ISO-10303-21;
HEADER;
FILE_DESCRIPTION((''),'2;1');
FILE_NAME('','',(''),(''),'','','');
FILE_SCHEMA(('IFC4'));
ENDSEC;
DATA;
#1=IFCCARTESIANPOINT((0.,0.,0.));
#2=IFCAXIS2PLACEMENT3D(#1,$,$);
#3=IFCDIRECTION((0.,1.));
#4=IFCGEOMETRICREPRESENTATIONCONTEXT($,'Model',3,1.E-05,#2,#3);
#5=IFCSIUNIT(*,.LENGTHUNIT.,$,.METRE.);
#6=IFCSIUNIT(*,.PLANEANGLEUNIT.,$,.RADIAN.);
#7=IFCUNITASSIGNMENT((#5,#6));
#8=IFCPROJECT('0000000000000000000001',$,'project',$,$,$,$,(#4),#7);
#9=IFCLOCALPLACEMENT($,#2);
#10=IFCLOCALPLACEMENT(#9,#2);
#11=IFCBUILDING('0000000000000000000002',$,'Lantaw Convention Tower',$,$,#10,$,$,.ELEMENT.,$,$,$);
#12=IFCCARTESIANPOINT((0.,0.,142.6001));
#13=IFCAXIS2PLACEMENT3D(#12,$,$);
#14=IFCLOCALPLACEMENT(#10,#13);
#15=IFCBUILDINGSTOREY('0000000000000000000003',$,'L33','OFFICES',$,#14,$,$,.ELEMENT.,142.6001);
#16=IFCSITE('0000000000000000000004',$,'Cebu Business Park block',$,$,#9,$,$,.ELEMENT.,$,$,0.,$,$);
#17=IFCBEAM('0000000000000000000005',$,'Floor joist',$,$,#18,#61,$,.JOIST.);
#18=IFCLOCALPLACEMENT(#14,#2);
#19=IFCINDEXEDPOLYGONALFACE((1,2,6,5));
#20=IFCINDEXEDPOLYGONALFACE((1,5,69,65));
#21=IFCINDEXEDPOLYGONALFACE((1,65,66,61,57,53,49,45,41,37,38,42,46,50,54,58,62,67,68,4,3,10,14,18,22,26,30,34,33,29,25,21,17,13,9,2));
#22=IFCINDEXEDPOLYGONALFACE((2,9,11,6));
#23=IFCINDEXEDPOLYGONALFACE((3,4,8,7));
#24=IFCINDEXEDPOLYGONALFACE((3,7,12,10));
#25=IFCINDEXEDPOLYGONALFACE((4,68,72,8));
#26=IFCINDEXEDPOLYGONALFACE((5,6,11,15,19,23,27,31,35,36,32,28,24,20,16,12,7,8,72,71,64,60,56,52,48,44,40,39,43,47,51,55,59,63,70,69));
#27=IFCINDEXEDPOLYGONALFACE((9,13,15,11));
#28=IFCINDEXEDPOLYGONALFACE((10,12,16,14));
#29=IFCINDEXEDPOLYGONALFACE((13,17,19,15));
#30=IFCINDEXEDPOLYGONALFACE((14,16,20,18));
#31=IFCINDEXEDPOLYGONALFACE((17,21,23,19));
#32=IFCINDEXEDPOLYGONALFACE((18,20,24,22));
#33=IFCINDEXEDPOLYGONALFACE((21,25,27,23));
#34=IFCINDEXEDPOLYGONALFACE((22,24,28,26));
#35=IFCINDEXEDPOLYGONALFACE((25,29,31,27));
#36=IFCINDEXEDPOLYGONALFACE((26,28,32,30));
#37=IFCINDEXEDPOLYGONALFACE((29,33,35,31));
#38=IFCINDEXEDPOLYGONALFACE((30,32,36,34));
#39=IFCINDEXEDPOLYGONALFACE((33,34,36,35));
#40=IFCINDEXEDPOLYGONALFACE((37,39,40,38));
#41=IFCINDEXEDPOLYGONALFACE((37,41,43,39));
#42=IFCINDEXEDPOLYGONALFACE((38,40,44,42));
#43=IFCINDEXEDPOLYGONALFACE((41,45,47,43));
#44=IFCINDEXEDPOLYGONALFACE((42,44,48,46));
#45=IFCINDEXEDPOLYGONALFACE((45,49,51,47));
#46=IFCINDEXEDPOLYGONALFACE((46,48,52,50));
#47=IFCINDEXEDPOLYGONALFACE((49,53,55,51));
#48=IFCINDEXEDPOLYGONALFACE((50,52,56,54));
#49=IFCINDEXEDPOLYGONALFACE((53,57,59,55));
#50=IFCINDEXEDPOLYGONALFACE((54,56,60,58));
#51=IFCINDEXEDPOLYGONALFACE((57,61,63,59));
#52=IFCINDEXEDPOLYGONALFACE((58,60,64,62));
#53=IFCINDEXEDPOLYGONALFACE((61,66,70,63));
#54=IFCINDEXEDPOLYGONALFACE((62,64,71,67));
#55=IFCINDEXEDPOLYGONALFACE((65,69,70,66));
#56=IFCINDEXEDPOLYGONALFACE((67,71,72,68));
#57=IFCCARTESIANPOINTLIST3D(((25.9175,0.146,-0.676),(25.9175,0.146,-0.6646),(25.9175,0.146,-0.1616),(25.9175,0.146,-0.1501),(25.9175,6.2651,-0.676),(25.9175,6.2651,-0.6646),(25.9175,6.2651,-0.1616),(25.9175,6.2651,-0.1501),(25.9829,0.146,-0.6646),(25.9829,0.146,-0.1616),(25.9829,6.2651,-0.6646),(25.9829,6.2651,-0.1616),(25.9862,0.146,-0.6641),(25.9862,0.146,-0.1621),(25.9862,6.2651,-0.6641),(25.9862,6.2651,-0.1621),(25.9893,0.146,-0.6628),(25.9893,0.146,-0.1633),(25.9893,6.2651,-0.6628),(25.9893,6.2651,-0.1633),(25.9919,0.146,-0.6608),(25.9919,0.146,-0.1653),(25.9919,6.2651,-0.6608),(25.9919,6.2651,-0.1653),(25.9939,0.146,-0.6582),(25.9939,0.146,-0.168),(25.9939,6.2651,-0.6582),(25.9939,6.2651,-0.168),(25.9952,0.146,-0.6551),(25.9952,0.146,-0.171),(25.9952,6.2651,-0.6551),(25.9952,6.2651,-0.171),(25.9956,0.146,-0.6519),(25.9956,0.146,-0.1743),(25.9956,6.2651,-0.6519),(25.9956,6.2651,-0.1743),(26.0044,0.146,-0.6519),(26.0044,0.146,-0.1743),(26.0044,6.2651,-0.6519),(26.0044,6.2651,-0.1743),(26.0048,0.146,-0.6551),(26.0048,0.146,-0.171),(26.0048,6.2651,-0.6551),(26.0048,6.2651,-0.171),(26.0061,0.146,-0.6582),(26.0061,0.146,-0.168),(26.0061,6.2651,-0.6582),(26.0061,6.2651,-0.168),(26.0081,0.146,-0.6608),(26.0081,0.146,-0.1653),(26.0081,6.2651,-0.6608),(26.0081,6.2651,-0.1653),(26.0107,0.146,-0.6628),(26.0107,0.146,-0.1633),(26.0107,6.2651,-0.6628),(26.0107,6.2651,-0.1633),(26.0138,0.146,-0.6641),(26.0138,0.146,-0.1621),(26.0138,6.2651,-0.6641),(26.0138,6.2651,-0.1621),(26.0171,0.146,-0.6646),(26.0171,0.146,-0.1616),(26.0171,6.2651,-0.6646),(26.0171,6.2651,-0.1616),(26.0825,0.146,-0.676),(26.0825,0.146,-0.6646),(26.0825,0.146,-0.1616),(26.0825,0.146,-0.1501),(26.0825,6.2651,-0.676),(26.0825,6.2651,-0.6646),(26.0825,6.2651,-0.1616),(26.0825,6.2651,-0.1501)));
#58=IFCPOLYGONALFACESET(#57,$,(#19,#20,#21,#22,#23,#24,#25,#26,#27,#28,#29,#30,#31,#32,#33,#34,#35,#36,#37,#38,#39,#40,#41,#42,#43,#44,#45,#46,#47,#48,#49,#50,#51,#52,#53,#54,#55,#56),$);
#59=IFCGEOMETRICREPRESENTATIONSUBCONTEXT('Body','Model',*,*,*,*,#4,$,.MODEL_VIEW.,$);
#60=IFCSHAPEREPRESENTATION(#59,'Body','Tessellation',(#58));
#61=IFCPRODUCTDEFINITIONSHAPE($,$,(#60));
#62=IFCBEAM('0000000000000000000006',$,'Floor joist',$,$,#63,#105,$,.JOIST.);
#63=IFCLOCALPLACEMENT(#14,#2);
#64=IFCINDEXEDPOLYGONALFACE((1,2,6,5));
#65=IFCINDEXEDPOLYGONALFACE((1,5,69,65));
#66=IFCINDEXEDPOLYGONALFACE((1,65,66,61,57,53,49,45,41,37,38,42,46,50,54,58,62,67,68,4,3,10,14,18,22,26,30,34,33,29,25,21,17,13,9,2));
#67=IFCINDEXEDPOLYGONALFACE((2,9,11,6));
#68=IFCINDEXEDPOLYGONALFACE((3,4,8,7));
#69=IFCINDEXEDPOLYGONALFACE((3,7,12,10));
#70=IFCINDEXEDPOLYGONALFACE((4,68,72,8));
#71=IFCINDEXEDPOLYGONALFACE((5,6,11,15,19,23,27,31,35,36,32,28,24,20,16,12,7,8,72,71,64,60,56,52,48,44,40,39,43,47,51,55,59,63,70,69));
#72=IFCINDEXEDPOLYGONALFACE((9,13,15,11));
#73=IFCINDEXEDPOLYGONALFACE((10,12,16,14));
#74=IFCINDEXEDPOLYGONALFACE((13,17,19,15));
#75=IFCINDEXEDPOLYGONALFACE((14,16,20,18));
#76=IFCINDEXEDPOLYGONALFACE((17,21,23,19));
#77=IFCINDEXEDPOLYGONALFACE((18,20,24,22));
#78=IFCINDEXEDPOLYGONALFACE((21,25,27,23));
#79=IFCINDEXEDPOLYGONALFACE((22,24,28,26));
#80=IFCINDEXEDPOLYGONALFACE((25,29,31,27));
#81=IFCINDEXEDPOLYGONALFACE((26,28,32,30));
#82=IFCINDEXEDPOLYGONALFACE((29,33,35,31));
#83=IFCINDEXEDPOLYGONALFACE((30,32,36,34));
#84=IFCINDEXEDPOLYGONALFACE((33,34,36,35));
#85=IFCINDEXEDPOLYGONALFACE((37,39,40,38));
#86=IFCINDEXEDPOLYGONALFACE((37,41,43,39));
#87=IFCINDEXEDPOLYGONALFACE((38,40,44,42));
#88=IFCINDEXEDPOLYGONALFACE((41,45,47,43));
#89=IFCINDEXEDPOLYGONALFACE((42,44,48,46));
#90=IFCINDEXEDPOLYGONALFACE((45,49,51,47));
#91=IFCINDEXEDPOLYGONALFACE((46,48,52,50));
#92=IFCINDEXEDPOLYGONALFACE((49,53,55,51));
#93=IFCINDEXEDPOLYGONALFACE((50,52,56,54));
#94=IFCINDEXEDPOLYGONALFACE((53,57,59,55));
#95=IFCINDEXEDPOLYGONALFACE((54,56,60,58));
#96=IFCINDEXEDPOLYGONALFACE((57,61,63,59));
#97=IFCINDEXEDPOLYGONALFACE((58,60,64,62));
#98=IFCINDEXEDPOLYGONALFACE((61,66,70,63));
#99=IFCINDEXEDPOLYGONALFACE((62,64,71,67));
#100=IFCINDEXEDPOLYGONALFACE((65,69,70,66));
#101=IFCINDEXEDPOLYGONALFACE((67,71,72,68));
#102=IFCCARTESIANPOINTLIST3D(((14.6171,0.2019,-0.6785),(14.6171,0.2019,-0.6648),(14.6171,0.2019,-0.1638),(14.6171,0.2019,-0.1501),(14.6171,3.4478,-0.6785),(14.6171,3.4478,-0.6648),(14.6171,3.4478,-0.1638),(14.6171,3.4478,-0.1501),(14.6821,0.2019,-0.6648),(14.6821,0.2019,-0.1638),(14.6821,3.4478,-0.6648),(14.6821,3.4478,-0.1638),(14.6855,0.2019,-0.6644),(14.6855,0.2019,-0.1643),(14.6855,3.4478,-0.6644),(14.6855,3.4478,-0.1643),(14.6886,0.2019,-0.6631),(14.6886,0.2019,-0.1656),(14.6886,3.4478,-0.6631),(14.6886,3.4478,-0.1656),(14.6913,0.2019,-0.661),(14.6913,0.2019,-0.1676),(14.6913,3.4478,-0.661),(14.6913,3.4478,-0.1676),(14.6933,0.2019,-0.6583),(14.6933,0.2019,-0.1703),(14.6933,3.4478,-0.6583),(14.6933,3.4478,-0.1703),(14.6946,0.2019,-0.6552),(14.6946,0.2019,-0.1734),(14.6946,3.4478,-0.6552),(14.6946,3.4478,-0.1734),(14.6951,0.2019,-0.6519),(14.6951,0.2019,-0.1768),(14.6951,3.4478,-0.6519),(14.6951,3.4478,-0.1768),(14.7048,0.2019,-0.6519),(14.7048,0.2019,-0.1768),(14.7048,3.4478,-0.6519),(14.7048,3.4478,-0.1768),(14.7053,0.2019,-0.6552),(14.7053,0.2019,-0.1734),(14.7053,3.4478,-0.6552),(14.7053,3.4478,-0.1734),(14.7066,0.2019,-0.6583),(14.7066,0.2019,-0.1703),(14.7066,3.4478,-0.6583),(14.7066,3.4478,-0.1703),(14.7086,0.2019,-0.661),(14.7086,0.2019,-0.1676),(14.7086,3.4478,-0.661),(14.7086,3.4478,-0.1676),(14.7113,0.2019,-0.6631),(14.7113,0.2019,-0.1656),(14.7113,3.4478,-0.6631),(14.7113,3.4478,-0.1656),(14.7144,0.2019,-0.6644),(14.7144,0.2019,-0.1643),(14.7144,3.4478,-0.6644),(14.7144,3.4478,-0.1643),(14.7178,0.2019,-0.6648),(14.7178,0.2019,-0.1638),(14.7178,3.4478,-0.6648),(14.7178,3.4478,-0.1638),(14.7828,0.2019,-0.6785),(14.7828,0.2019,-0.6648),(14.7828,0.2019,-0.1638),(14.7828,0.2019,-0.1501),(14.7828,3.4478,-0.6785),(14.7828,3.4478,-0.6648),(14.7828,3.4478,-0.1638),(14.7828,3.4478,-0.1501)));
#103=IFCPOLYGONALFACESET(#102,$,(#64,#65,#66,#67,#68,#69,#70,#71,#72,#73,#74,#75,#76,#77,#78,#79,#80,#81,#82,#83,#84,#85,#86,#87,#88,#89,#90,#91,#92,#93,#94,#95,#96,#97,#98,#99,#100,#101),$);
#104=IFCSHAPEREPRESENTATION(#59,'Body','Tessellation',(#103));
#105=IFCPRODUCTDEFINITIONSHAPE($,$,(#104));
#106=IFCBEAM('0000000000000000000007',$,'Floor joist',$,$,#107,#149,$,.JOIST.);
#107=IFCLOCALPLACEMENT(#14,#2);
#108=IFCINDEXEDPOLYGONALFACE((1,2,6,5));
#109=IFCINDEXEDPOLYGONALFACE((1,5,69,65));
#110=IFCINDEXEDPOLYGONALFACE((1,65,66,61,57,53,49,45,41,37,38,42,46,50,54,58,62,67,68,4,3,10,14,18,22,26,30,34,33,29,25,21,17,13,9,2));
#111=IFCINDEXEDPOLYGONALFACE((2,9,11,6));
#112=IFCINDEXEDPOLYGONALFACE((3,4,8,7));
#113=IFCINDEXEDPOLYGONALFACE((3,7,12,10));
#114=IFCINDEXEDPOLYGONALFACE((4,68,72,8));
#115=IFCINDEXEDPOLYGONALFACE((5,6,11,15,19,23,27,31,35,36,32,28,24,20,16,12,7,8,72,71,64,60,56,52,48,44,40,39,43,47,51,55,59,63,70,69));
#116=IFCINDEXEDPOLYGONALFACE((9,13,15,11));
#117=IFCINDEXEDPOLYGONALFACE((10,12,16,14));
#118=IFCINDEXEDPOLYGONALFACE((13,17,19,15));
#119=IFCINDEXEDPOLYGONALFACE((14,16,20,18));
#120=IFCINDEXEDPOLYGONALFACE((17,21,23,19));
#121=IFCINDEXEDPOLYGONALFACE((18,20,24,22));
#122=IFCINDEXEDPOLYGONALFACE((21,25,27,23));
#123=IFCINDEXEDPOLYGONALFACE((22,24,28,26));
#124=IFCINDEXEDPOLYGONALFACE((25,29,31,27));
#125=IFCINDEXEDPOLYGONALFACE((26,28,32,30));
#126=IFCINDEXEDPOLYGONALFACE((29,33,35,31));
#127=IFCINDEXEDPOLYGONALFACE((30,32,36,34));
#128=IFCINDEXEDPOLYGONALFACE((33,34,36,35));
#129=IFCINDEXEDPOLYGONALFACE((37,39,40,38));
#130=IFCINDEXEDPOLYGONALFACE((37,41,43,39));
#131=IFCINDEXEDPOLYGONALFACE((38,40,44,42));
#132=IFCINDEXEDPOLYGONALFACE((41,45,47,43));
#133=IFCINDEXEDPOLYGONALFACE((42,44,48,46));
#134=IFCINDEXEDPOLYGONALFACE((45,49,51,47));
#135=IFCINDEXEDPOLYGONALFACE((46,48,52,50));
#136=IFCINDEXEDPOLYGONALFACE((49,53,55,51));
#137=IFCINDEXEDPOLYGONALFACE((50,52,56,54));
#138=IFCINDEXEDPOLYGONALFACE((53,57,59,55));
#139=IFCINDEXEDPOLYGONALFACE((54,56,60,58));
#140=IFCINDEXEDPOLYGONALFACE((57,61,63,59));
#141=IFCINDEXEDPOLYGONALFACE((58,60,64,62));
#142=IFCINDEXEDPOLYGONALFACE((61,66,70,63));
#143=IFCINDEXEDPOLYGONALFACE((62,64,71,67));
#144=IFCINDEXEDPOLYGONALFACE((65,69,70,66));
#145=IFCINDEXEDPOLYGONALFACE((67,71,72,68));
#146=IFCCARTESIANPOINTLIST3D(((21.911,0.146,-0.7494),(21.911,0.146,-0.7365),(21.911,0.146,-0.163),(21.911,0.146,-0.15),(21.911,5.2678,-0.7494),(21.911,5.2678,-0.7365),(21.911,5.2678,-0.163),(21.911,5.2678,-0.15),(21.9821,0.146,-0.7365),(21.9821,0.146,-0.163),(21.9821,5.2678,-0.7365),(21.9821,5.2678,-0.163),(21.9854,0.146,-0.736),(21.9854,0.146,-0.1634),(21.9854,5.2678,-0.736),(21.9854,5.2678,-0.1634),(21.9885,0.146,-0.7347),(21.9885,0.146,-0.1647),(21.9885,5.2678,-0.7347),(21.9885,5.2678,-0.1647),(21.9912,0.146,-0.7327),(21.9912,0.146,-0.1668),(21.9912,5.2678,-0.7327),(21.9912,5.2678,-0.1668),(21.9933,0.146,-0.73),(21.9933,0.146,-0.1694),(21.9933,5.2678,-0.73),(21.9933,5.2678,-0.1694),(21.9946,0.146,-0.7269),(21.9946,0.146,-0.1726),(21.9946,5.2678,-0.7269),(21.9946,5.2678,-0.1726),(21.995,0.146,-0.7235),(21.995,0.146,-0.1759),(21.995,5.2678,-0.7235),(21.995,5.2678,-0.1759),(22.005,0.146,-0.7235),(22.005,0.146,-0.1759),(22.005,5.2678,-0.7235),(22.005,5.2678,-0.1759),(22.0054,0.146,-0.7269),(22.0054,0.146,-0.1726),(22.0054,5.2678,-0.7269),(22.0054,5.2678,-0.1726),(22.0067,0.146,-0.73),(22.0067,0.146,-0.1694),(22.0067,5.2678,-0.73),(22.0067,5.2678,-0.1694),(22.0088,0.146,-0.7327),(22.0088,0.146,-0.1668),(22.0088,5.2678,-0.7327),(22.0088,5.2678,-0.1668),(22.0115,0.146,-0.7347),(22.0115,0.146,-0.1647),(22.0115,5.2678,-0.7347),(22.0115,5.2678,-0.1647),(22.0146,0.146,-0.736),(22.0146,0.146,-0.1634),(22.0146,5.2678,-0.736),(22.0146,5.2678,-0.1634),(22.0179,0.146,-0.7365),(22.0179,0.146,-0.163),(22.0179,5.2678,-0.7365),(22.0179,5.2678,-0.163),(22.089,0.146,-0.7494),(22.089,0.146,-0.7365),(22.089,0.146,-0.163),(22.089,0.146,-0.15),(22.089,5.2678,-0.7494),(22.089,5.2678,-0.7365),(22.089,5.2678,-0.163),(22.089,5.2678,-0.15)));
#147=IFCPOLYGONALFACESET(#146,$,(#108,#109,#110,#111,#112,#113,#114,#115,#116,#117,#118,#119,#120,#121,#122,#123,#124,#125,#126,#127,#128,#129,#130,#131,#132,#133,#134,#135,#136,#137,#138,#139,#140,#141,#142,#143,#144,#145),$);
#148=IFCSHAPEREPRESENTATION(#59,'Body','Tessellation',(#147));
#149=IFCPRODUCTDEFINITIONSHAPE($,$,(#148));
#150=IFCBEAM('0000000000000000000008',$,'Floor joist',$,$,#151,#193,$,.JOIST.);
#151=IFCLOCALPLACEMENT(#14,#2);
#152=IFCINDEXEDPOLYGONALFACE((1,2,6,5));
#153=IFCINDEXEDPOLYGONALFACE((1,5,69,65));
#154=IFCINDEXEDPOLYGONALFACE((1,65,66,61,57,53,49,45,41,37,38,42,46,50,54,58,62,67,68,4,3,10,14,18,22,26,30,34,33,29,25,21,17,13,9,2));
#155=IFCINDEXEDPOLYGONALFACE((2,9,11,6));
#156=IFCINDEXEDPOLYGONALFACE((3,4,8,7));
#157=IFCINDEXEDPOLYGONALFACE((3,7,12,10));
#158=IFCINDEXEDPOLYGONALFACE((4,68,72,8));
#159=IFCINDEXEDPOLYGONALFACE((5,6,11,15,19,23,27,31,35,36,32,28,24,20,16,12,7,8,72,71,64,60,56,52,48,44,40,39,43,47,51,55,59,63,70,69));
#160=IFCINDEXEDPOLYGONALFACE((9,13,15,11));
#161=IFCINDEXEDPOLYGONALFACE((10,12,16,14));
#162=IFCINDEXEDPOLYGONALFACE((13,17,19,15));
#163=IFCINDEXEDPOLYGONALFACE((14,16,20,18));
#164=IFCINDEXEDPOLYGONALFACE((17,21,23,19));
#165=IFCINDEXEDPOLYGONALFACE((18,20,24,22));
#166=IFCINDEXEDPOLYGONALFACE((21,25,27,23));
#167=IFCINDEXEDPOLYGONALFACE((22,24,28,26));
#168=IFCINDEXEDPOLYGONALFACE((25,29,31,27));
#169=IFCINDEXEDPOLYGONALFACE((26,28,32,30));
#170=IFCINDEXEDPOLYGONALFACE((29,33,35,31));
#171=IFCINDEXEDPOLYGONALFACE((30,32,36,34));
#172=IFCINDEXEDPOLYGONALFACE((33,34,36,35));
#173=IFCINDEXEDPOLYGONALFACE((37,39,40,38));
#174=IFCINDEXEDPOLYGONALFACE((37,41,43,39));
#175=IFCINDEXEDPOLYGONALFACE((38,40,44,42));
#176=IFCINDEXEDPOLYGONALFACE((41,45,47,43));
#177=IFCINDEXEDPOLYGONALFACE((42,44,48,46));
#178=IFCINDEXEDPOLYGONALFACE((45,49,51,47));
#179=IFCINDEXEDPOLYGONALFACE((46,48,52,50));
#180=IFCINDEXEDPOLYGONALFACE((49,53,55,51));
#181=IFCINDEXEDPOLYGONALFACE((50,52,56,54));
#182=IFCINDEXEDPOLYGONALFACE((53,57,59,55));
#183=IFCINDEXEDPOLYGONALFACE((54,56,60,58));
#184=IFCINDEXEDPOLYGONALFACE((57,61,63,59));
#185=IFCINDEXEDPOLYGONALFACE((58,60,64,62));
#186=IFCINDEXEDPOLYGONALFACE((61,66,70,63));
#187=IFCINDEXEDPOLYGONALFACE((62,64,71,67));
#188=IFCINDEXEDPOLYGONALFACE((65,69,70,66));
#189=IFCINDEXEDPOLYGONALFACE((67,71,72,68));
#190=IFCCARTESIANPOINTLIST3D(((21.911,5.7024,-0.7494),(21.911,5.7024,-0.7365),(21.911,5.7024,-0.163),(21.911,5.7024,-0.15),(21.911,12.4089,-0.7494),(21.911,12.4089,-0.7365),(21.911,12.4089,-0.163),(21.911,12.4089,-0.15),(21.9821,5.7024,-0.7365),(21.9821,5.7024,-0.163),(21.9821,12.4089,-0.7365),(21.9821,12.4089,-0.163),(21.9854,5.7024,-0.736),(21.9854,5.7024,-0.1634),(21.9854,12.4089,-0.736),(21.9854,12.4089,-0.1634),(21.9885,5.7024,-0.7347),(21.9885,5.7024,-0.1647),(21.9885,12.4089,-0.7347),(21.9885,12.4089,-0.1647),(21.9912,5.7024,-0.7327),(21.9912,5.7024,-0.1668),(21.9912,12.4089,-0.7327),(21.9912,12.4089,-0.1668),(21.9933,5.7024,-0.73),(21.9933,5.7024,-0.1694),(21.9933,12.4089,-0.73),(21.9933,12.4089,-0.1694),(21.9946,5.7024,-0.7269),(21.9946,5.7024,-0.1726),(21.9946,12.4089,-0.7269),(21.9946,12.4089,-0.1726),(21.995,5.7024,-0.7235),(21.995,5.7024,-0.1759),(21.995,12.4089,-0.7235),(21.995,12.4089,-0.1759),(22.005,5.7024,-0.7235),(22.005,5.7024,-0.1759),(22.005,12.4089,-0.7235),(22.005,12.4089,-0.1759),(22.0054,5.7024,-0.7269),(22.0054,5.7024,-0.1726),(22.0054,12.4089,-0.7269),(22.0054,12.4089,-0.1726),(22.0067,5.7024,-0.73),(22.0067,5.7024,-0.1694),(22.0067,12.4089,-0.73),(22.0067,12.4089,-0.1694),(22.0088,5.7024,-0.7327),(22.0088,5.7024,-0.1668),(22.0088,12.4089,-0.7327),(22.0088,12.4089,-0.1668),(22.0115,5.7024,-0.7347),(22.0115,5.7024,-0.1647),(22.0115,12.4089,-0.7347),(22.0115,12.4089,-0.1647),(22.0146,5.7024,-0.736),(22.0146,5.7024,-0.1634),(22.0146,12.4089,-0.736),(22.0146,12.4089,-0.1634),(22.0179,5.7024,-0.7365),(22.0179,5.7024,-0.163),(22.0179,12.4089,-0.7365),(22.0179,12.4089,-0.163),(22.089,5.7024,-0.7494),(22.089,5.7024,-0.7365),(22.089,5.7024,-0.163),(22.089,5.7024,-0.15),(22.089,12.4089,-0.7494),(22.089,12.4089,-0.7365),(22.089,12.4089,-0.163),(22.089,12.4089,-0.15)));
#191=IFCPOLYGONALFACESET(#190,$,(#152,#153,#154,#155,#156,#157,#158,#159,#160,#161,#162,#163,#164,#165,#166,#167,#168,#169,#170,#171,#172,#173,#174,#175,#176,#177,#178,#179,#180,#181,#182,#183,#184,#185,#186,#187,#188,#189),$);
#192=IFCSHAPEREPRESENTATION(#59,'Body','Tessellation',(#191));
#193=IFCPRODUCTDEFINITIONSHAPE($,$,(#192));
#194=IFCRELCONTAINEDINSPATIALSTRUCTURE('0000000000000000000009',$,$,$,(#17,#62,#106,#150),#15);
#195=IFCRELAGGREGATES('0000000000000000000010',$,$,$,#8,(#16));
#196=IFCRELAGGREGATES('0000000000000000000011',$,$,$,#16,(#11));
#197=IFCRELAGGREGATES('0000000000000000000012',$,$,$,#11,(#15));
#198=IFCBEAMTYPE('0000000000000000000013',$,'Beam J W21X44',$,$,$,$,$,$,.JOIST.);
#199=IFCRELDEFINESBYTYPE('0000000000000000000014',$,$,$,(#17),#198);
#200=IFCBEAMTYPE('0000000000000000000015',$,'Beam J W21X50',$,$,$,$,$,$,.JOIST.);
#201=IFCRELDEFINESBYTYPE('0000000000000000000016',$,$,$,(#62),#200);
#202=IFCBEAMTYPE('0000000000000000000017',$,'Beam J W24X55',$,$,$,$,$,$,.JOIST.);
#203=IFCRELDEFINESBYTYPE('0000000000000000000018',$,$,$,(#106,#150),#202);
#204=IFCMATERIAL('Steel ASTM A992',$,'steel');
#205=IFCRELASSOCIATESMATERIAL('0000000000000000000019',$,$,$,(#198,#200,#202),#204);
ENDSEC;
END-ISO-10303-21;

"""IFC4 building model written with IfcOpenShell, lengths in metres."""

from ifc_helpers import new_model, si_unit, direction, frame, origin, origin_2d, place, context, subcontext, project, spatial, i_section, extrude, material, material_profile, profile_set, type_object, element, save


model = new_model("IFC4")

# Units and contexts
model_context = context("Model", 3, precision=1e-05, world=origin(), true_north=direction((0.0, 1.0)))
body_context = subcontext(model_context, "Body", "Model", "MODEL_VIEW")
ifc_project = project(units=[si_unit("LENGTHUNIT", "METRE"), si_unit("PLANEANGLEUNIT", "RADIAN")], contexts=[model_context])

# Site, building, storey
site_placement = place(None, origin())
site = spatial("IfcSite", under=ifc_project, at=site_placement, Name="Cebu Business Park block", CompositionType="ELEMENT", RefElevation=0.0)
building_placement = place(site_placement, origin())
building = spatial("IfcBuilding", under=site, at=building_placement, Name="Lantaw Convention Tower", CompositionType="ELEMENT")
storey_placement = place(building_placement, frame((0.0, 0.0, 142.6001)))
storey = spatial("IfcBuildingStorey", under=building, at=storey_placement, Name="L33", Description="OFFICES", CompositionType="ELEMENT", Elevation=142.6001)

# Beams
ifc_material_1 = material(Name="Steel ASTM A992", Category="steel")
ifc_material_profile_1 = material_profile(ifc_material_1, i_section(OverallWidth=0.165, OverallDepth=0.5259, WebThickness=0.0088, FlangeThickness=0.0115, FilletRadius=0.0127, at=origin_2d()), Name="W21X44")
ifc_profile_set_1 = profile_set([ifc_material_profile_1], Name="Steel ASTM A992")
beam_type_1 = type_object("IfcBeamType", Name="Beam J W21X44", PredefinedType="JOIST", material=ifc_profile_set_1)
beam_1_placement = place(storey_placement, frame((26.0, 0.146, -0.4131), z_axis=(0.0, 1.0, 0.0), x_axis=(-1.0, 0.0, 0.0)))
element("IfcBeam", 1, at=beam_1_placement, inside=storey, type_object=beam_type_1, Name="Floor joist", PredefinedType="JOIST", context=body_context, shape_type="SweptSolid", body=[
    extrude(i_section(OverallWidth=0.165, OverallDepth=0.5259, WebThickness=0.0088, FlangeThickness=0.0115, FilletRadius=0.0127, at=origin_2d()), origin(), (0.0, 0.0, 1.0), 6.1191),
])
ifc_material_profile_2 = material_profile(ifc_material_1, i_section(OverallWidth=0.1658, OverallDepth=0.5283, WebThickness=0.0098, FlangeThickness=0.0137, FilletRadius=0.0129, at=origin_2d()), Name="W21X50")
ifc_profile_set_2 = profile_set([ifc_material_profile_2], Name="Steel ASTM A992")
beam_type_2 = type_object("IfcBeamType", Name="Beam J W21X50", PredefinedType="JOIST", material=ifc_profile_set_2)
beam_2_placement = place(storey_placement, frame((14.7, 0.2019, -0.4143), z_axis=(0.0, 1.0, 0.0), x_axis=(-1.0, 0.0, 0.0)))
element("IfcBeam", 2, at=beam_2_placement, inside=storey, type_object=beam_type_2, Name="Floor joist", PredefinedType="JOIST", context=body_context, shape_type="SweptSolid", body=[
    extrude(i_section(OverallWidth=0.1658, OverallDepth=0.5283, WebThickness=0.0098, FlangeThickness=0.0137, FilletRadius=0.0129, at=origin_2d()), origin(), (0.0, 0.0, 1.0), 3.2458),
])
ifc_material_profile_3 = material_profile(ifc_material_1, i_section(OverallWidth=0.178, OverallDepth=0.5994, WebThickness=0.01, FlangeThickness=0.0129, FilletRadius=0.0129, at=origin_2d()), Name="W24X55")
ifc_profile_set_3 = profile_set([ifc_material_profile_3], Name="Steel ASTM A992")
beam_type_3 = type_object("IfcBeamType", Name="Beam J W24X55", PredefinedType="JOIST", material=ifc_profile_set_3)
beam_3_placement = place(storey_placement, frame((22.0, 0.146, -0.4497), z_axis=(0.0, 1.0, 0.0), x_axis=(-1.0, 0.0, 0.0)))
element("IfcBeam", 3, at=beam_3_placement, inside=storey, type_object=beam_type_3, Name="Floor joist", PredefinedType="JOIST", context=body_context, shape_type="SweptSolid", body=[
    extrude(i_section(OverallWidth=0.178, OverallDepth=0.5994, WebThickness=0.01, FlangeThickness=0.0129, FilletRadius=0.0129, at=origin_2d()), origin(), (0.0, 0.0, 1.0), 5.1218),
])
beam_4_placement = place(storey_placement, frame((22.0, 5.7024, -0.4497), z_axis=(0.0, 1.0, 0.0), x_axis=(-1.0, 0.0, 0.0)))
element("IfcBeam", 4, at=beam_4_placement, inside=storey, type_object=beam_type_3, Name="Floor joist", PredefinedType="JOIST", context=body_context, shape_type="SweptSolid", body=[
    extrude(i_section(OverallWidth=0.178, OverallDepth=0.5994, WebThickness=0.01, FlangeThickness=0.0129, FilletRadius=0.0129, at=origin_2d()), origin(), (0.0, 0.0, 1.0), 6.7065),
])

save(model, "model.ifc")
